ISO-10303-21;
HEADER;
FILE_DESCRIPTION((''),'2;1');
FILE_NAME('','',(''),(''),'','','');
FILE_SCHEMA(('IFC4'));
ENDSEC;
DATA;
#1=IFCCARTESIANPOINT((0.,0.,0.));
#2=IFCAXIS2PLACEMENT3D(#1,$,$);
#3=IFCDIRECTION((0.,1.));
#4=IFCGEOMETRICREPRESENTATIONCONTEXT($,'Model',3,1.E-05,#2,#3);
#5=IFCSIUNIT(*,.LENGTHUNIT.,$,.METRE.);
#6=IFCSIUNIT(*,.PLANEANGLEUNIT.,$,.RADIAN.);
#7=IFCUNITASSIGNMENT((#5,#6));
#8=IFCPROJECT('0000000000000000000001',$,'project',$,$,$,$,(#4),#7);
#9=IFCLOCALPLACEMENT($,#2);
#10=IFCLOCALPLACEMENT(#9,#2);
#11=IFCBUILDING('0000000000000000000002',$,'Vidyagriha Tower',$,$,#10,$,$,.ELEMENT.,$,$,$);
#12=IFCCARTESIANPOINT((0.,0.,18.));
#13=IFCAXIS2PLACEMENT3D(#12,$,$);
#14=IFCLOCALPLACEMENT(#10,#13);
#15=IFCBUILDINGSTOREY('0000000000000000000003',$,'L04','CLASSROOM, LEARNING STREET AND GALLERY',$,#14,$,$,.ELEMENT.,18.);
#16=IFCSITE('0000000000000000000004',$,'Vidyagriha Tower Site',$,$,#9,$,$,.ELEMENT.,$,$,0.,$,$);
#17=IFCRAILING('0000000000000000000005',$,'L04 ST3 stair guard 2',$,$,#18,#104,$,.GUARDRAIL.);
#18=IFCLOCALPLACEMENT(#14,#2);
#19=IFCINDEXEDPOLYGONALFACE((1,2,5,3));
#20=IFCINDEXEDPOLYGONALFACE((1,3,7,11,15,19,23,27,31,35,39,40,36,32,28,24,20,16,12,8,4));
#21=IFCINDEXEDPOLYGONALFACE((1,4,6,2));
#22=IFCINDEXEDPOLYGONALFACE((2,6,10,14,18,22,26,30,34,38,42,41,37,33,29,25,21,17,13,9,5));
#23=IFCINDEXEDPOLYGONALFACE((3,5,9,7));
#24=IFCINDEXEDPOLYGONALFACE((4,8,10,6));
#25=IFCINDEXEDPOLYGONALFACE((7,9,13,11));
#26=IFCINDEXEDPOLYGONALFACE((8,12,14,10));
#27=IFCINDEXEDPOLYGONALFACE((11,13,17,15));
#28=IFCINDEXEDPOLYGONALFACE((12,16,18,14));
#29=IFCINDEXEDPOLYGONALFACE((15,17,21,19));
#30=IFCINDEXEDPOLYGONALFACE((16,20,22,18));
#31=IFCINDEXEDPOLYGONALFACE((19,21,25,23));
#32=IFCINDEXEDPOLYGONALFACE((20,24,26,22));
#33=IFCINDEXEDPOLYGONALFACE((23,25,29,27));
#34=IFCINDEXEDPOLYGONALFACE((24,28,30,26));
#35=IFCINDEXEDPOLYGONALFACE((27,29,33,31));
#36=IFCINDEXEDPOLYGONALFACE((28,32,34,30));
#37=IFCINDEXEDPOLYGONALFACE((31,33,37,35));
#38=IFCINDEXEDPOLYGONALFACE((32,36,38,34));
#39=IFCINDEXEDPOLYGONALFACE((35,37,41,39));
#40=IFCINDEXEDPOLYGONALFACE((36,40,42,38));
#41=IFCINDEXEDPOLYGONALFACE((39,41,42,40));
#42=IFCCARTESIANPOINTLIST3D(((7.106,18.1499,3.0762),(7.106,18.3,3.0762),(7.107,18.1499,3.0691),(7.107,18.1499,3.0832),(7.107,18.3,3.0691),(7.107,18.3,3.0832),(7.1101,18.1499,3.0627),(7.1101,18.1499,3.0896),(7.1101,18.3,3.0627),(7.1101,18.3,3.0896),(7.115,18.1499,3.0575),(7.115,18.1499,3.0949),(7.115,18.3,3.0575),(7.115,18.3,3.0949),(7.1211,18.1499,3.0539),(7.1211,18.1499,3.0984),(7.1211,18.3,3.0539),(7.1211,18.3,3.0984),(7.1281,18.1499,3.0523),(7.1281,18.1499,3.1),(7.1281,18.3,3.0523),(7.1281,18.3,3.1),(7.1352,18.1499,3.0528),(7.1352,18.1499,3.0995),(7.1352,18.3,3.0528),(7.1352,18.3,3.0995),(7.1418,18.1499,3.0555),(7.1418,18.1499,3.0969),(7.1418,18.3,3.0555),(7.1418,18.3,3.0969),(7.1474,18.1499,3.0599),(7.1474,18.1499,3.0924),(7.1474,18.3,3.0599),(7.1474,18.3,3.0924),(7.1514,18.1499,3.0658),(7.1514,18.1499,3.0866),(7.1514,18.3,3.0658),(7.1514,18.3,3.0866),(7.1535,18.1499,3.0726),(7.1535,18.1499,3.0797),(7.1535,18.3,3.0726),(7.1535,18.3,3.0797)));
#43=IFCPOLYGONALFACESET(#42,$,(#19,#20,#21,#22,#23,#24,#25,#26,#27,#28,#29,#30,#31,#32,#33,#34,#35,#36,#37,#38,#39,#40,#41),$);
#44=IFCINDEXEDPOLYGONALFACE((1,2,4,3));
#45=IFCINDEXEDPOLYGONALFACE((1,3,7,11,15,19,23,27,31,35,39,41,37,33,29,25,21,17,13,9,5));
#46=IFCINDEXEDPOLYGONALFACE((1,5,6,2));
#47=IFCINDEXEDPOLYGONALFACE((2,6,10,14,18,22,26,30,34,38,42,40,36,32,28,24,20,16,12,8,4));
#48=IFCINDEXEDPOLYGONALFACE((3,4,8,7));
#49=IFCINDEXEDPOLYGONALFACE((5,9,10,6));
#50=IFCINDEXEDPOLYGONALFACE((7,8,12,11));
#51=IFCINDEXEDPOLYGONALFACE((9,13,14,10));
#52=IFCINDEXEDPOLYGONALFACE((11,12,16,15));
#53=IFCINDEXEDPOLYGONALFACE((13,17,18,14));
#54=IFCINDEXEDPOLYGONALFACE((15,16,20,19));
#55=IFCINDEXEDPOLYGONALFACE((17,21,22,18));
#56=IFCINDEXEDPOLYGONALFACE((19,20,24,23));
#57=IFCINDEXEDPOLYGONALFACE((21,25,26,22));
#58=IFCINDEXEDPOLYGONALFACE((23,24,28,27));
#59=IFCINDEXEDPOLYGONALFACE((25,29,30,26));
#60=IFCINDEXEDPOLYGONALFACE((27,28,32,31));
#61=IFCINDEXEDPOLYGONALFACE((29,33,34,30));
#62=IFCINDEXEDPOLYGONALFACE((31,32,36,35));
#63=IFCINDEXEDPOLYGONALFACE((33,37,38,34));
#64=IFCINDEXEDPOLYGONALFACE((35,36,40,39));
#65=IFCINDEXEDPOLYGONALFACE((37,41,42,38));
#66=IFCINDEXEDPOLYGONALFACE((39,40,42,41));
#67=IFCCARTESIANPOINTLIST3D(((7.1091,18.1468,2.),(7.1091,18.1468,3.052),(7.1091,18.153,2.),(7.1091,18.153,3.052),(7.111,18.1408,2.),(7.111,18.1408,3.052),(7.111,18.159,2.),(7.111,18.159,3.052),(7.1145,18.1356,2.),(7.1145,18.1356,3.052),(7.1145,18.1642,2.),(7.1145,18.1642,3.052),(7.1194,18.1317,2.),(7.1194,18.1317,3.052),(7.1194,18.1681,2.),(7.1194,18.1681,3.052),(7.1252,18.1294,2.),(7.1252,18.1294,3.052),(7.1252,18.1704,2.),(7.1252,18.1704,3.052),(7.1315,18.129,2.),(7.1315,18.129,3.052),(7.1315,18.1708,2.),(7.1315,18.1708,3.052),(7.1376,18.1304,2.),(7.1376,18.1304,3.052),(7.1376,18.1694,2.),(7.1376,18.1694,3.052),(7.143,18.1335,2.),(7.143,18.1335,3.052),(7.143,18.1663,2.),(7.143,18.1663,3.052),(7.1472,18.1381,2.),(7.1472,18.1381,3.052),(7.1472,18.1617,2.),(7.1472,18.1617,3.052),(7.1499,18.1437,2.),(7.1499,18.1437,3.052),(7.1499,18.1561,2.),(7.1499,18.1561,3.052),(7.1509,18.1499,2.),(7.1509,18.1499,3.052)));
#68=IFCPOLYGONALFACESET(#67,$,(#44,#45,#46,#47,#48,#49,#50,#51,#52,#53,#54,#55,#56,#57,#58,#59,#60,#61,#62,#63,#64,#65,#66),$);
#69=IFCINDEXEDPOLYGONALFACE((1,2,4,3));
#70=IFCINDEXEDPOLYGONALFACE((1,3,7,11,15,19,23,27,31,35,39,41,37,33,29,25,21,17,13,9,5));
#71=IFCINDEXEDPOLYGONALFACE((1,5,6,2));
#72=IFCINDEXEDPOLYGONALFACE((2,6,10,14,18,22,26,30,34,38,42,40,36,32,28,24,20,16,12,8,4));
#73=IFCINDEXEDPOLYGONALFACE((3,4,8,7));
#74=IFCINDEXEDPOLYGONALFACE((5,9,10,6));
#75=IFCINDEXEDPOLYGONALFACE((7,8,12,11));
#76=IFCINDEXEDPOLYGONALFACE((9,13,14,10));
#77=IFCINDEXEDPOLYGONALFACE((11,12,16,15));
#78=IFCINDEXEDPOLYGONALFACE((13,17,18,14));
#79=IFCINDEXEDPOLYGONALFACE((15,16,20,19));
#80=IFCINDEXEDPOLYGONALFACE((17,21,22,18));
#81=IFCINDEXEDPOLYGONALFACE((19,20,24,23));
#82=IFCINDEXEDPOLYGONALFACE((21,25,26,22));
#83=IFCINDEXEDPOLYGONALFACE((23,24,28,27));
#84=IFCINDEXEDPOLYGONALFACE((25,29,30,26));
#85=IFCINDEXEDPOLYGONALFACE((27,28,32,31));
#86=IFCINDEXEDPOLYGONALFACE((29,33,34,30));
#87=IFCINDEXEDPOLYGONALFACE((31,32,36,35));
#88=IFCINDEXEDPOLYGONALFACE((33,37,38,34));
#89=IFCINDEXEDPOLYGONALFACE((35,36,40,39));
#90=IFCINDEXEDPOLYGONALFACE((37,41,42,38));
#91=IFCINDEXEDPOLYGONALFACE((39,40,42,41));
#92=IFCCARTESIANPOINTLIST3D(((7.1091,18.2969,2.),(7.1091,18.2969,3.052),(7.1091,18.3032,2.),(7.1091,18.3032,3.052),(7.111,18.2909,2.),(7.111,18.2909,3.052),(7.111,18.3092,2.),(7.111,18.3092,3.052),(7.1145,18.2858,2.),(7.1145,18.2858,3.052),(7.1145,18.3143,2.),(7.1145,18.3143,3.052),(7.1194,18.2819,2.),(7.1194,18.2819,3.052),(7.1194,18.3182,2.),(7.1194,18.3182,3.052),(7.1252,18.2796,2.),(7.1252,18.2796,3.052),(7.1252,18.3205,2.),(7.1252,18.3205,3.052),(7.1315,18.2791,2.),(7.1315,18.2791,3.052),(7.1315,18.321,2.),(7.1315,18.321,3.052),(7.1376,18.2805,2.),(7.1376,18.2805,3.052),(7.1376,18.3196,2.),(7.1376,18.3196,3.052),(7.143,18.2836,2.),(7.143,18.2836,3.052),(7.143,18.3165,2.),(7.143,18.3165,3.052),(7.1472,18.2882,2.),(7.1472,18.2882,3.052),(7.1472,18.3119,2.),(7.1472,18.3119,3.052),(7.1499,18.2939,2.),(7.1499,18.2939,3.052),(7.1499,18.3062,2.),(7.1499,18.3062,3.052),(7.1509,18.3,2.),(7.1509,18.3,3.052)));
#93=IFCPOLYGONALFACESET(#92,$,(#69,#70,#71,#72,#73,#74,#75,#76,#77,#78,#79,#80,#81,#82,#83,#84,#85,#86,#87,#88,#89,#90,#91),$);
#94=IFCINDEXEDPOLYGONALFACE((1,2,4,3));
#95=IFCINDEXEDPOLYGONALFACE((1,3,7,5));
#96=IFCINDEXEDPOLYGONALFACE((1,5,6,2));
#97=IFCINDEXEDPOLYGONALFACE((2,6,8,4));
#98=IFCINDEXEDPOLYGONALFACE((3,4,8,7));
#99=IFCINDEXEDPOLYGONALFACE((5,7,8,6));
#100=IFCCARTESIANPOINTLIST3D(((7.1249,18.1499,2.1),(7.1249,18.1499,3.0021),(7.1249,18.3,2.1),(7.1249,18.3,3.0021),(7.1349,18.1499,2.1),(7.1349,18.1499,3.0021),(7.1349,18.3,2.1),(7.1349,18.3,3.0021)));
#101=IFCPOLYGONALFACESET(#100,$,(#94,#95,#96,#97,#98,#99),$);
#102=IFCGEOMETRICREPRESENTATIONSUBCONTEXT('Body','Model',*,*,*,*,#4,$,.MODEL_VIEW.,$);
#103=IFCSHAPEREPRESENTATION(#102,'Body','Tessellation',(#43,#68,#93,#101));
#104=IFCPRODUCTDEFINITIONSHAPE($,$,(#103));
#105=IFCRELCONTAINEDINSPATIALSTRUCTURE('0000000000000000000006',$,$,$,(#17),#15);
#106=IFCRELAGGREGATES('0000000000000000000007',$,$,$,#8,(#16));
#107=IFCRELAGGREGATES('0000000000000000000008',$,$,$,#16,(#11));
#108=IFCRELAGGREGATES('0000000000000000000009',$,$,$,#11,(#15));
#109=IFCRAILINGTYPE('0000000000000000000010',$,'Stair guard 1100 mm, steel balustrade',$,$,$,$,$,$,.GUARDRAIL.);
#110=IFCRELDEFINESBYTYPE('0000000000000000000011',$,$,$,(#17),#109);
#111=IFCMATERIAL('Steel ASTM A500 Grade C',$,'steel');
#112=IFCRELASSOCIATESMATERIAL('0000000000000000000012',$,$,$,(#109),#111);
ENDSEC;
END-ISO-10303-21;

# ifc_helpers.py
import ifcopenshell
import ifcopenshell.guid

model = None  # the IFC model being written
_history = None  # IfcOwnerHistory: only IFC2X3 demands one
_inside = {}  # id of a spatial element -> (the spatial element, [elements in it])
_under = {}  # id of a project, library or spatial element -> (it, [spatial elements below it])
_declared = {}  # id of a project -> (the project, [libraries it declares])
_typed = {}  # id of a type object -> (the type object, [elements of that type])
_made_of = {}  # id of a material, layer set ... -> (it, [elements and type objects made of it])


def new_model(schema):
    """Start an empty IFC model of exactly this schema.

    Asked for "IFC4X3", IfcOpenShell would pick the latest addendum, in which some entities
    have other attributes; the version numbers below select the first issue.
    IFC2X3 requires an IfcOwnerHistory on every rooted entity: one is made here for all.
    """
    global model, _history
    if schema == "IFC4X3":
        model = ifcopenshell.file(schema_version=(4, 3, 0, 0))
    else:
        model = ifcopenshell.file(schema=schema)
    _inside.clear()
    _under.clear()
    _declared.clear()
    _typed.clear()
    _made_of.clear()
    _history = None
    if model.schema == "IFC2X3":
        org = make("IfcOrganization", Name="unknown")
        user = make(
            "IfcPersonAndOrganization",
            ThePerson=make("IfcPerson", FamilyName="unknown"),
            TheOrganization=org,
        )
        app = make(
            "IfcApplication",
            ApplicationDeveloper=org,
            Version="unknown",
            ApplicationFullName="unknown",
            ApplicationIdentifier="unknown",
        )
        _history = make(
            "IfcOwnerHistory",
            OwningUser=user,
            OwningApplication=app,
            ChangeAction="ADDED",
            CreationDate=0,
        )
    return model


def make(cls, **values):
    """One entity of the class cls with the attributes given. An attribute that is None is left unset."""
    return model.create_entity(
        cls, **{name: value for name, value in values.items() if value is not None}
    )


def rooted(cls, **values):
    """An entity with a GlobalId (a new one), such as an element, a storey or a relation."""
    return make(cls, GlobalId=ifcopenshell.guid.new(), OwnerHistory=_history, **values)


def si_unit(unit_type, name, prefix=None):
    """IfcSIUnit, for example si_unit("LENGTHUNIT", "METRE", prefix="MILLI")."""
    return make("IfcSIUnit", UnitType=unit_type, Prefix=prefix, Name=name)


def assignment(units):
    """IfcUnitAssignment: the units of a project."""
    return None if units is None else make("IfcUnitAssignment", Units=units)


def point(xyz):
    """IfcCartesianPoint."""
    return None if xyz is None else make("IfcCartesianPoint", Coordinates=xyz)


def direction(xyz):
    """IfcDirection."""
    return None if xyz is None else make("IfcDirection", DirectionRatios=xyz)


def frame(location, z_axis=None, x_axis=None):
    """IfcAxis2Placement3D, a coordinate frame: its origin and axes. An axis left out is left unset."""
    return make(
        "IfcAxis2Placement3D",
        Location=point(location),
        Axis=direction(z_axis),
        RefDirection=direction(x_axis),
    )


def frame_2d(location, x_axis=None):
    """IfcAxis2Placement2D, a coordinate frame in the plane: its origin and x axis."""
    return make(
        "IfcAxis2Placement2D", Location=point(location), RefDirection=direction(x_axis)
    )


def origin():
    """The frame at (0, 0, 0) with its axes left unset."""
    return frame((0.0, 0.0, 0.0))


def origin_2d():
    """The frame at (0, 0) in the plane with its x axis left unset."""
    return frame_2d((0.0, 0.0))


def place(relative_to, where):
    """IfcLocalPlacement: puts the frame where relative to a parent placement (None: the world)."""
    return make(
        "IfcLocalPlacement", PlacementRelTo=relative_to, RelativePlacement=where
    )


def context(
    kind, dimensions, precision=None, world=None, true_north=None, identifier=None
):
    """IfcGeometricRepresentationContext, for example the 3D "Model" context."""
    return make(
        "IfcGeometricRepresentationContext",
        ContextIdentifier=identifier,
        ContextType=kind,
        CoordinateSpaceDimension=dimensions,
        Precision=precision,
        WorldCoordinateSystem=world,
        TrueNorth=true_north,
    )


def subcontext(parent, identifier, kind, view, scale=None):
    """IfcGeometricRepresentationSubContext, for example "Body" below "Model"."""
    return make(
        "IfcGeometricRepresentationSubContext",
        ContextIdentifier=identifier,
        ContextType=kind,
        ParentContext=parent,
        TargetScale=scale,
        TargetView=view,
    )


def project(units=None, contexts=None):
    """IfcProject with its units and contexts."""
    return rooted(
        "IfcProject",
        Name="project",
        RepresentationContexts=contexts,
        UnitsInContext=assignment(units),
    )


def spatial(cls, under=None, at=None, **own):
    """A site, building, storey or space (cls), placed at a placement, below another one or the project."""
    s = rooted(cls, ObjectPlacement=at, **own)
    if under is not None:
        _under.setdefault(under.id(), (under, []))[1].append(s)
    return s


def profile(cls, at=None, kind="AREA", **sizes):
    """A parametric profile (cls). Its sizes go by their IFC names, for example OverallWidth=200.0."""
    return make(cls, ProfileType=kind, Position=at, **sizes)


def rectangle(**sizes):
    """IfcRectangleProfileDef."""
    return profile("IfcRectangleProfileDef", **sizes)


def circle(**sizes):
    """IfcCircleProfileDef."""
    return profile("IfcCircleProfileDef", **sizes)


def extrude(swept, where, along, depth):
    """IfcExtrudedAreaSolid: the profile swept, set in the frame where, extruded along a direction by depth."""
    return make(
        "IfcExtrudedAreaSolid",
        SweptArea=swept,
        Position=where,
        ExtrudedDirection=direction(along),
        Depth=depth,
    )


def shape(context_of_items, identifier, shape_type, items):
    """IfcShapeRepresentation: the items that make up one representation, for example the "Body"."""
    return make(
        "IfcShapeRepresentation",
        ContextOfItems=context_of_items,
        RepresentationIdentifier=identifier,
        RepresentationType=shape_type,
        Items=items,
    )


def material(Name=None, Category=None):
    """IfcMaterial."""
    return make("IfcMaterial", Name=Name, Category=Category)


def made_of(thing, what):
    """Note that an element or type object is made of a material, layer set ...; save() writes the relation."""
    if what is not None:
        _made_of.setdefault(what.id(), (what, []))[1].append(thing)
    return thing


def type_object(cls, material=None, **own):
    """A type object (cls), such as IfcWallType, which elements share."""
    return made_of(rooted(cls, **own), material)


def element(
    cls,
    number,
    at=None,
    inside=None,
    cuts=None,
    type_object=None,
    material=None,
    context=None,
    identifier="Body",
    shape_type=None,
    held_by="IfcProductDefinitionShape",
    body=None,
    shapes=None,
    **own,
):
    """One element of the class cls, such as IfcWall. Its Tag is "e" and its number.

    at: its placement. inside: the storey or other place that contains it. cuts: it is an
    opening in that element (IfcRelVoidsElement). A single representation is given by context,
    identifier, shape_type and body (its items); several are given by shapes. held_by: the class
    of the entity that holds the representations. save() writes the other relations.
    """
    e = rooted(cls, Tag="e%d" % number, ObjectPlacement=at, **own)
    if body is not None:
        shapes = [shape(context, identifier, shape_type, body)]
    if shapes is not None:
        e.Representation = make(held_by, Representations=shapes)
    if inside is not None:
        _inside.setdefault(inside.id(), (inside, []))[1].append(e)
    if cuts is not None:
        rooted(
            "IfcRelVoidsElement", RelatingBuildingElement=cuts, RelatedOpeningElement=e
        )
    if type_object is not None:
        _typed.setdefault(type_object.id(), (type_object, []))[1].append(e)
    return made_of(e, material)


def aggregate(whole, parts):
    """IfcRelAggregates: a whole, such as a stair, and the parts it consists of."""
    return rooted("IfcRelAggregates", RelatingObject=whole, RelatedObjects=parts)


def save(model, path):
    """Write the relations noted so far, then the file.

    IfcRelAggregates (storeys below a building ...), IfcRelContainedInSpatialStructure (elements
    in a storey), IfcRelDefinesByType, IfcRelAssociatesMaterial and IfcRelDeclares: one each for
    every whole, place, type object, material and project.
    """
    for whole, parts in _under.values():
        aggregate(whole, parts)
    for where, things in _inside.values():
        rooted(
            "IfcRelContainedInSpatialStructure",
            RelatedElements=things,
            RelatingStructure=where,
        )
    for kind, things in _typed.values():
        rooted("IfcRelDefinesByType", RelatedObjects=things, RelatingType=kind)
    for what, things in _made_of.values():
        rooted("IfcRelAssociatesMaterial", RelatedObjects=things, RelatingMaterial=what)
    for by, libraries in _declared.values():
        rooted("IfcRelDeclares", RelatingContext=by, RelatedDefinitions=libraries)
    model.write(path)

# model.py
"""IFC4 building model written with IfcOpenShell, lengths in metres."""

from ifc_helpers import new_model, si_unit, direction, frame, origin, origin_2d, place, context, subcontext, project, spatial, rectangle, circle, extrude, material, type_object, element, save


model = new_model("IFC4")

# Units and contexts
model_context = context("Model", 3, precision=1e-05, world=origin(), true_north=direction((0.0, 1.0)))
body_context = subcontext(model_context, "Body", "Model", "MODEL_VIEW")
ifc_project = project(units=[si_unit("LENGTHUNIT", "METRE"), si_unit("PLANEANGLEUNIT", "RADIAN")], contexts=[model_context])

# Site, building, storey
site_placement = place(None, origin())
site = spatial("IfcSite", under=ifc_project, at=site_placement, Name="Vidyagriha Tower Site", CompositionType="ELEMENT", RefElevation=0.0)
building_placement = place(site_placement, origin())
building = spatial("IfcBuilding", under=site, at=building_placement, Name="Vidyagriha Tower", CompositionType="ELEMENT")
storey_placement = place(building_placement, frame((0.0, 0.0, 18.0)))
storey = spatial("IfcBuildingStorey", under=building, at=storey_placement, Name="L04", Description="CLASSROOM, LEARNING STREET AND GALLERY", CompositionType="ELEMENT", Elevation=18.0)

# Railing
ifc_material_1 = material(Name="Steel ASTM A500 Grade C", Category="steel")
railing_type_1 = type_object("IfcRailingType", Name="Stair guard 1100 mm, steel balustrade", PredefinedType="GUARDRAIL", material=ifc_material_1)
railing_1_placement = place(storey_placement, frame((7.1299, 18.1499, 2.0)))
element("IfcRailing", 1, at=railing_1_placement, inside=storey, type_object=railing_type_1, Name="L04 ST3 stair guard 2", PredefinedType="GUARDRAIL", context=body_context, shape_type="SweptSolid", body=[
    extrude(circle(Radius=0.0239, at=origin_2d()), frame((0.0, 0.0, 1.0762), z_axis=(0.0, 1.0, 0.0), x_axis=(-1.0, 0.0, 0.0)), (0.0, 0.0, 1.0), 0.1501),
    extrude(circle(Radius=0.021, at=origin_2d()), origin(), (0.0, 0.0, 1.0), 1.052),
    extrude(circle(Radius=0.021, at=origin_2d()), frame((0.0, 0.1501, 0.0)), (0.0, 0.0, 1.0), 1.052),
    extrude(rectangle(XDim=0.01, YDim=0.9021, at=origin_2d()), frame((0.0, 0.0, 0.551), z_axis=(0.0, 1.0, 0.0), x_axis=(-1.0, 0.0, 0.0)), (0.0, 0.0, 1.0), 0.1501),
])

save(model, "model.ifc")
